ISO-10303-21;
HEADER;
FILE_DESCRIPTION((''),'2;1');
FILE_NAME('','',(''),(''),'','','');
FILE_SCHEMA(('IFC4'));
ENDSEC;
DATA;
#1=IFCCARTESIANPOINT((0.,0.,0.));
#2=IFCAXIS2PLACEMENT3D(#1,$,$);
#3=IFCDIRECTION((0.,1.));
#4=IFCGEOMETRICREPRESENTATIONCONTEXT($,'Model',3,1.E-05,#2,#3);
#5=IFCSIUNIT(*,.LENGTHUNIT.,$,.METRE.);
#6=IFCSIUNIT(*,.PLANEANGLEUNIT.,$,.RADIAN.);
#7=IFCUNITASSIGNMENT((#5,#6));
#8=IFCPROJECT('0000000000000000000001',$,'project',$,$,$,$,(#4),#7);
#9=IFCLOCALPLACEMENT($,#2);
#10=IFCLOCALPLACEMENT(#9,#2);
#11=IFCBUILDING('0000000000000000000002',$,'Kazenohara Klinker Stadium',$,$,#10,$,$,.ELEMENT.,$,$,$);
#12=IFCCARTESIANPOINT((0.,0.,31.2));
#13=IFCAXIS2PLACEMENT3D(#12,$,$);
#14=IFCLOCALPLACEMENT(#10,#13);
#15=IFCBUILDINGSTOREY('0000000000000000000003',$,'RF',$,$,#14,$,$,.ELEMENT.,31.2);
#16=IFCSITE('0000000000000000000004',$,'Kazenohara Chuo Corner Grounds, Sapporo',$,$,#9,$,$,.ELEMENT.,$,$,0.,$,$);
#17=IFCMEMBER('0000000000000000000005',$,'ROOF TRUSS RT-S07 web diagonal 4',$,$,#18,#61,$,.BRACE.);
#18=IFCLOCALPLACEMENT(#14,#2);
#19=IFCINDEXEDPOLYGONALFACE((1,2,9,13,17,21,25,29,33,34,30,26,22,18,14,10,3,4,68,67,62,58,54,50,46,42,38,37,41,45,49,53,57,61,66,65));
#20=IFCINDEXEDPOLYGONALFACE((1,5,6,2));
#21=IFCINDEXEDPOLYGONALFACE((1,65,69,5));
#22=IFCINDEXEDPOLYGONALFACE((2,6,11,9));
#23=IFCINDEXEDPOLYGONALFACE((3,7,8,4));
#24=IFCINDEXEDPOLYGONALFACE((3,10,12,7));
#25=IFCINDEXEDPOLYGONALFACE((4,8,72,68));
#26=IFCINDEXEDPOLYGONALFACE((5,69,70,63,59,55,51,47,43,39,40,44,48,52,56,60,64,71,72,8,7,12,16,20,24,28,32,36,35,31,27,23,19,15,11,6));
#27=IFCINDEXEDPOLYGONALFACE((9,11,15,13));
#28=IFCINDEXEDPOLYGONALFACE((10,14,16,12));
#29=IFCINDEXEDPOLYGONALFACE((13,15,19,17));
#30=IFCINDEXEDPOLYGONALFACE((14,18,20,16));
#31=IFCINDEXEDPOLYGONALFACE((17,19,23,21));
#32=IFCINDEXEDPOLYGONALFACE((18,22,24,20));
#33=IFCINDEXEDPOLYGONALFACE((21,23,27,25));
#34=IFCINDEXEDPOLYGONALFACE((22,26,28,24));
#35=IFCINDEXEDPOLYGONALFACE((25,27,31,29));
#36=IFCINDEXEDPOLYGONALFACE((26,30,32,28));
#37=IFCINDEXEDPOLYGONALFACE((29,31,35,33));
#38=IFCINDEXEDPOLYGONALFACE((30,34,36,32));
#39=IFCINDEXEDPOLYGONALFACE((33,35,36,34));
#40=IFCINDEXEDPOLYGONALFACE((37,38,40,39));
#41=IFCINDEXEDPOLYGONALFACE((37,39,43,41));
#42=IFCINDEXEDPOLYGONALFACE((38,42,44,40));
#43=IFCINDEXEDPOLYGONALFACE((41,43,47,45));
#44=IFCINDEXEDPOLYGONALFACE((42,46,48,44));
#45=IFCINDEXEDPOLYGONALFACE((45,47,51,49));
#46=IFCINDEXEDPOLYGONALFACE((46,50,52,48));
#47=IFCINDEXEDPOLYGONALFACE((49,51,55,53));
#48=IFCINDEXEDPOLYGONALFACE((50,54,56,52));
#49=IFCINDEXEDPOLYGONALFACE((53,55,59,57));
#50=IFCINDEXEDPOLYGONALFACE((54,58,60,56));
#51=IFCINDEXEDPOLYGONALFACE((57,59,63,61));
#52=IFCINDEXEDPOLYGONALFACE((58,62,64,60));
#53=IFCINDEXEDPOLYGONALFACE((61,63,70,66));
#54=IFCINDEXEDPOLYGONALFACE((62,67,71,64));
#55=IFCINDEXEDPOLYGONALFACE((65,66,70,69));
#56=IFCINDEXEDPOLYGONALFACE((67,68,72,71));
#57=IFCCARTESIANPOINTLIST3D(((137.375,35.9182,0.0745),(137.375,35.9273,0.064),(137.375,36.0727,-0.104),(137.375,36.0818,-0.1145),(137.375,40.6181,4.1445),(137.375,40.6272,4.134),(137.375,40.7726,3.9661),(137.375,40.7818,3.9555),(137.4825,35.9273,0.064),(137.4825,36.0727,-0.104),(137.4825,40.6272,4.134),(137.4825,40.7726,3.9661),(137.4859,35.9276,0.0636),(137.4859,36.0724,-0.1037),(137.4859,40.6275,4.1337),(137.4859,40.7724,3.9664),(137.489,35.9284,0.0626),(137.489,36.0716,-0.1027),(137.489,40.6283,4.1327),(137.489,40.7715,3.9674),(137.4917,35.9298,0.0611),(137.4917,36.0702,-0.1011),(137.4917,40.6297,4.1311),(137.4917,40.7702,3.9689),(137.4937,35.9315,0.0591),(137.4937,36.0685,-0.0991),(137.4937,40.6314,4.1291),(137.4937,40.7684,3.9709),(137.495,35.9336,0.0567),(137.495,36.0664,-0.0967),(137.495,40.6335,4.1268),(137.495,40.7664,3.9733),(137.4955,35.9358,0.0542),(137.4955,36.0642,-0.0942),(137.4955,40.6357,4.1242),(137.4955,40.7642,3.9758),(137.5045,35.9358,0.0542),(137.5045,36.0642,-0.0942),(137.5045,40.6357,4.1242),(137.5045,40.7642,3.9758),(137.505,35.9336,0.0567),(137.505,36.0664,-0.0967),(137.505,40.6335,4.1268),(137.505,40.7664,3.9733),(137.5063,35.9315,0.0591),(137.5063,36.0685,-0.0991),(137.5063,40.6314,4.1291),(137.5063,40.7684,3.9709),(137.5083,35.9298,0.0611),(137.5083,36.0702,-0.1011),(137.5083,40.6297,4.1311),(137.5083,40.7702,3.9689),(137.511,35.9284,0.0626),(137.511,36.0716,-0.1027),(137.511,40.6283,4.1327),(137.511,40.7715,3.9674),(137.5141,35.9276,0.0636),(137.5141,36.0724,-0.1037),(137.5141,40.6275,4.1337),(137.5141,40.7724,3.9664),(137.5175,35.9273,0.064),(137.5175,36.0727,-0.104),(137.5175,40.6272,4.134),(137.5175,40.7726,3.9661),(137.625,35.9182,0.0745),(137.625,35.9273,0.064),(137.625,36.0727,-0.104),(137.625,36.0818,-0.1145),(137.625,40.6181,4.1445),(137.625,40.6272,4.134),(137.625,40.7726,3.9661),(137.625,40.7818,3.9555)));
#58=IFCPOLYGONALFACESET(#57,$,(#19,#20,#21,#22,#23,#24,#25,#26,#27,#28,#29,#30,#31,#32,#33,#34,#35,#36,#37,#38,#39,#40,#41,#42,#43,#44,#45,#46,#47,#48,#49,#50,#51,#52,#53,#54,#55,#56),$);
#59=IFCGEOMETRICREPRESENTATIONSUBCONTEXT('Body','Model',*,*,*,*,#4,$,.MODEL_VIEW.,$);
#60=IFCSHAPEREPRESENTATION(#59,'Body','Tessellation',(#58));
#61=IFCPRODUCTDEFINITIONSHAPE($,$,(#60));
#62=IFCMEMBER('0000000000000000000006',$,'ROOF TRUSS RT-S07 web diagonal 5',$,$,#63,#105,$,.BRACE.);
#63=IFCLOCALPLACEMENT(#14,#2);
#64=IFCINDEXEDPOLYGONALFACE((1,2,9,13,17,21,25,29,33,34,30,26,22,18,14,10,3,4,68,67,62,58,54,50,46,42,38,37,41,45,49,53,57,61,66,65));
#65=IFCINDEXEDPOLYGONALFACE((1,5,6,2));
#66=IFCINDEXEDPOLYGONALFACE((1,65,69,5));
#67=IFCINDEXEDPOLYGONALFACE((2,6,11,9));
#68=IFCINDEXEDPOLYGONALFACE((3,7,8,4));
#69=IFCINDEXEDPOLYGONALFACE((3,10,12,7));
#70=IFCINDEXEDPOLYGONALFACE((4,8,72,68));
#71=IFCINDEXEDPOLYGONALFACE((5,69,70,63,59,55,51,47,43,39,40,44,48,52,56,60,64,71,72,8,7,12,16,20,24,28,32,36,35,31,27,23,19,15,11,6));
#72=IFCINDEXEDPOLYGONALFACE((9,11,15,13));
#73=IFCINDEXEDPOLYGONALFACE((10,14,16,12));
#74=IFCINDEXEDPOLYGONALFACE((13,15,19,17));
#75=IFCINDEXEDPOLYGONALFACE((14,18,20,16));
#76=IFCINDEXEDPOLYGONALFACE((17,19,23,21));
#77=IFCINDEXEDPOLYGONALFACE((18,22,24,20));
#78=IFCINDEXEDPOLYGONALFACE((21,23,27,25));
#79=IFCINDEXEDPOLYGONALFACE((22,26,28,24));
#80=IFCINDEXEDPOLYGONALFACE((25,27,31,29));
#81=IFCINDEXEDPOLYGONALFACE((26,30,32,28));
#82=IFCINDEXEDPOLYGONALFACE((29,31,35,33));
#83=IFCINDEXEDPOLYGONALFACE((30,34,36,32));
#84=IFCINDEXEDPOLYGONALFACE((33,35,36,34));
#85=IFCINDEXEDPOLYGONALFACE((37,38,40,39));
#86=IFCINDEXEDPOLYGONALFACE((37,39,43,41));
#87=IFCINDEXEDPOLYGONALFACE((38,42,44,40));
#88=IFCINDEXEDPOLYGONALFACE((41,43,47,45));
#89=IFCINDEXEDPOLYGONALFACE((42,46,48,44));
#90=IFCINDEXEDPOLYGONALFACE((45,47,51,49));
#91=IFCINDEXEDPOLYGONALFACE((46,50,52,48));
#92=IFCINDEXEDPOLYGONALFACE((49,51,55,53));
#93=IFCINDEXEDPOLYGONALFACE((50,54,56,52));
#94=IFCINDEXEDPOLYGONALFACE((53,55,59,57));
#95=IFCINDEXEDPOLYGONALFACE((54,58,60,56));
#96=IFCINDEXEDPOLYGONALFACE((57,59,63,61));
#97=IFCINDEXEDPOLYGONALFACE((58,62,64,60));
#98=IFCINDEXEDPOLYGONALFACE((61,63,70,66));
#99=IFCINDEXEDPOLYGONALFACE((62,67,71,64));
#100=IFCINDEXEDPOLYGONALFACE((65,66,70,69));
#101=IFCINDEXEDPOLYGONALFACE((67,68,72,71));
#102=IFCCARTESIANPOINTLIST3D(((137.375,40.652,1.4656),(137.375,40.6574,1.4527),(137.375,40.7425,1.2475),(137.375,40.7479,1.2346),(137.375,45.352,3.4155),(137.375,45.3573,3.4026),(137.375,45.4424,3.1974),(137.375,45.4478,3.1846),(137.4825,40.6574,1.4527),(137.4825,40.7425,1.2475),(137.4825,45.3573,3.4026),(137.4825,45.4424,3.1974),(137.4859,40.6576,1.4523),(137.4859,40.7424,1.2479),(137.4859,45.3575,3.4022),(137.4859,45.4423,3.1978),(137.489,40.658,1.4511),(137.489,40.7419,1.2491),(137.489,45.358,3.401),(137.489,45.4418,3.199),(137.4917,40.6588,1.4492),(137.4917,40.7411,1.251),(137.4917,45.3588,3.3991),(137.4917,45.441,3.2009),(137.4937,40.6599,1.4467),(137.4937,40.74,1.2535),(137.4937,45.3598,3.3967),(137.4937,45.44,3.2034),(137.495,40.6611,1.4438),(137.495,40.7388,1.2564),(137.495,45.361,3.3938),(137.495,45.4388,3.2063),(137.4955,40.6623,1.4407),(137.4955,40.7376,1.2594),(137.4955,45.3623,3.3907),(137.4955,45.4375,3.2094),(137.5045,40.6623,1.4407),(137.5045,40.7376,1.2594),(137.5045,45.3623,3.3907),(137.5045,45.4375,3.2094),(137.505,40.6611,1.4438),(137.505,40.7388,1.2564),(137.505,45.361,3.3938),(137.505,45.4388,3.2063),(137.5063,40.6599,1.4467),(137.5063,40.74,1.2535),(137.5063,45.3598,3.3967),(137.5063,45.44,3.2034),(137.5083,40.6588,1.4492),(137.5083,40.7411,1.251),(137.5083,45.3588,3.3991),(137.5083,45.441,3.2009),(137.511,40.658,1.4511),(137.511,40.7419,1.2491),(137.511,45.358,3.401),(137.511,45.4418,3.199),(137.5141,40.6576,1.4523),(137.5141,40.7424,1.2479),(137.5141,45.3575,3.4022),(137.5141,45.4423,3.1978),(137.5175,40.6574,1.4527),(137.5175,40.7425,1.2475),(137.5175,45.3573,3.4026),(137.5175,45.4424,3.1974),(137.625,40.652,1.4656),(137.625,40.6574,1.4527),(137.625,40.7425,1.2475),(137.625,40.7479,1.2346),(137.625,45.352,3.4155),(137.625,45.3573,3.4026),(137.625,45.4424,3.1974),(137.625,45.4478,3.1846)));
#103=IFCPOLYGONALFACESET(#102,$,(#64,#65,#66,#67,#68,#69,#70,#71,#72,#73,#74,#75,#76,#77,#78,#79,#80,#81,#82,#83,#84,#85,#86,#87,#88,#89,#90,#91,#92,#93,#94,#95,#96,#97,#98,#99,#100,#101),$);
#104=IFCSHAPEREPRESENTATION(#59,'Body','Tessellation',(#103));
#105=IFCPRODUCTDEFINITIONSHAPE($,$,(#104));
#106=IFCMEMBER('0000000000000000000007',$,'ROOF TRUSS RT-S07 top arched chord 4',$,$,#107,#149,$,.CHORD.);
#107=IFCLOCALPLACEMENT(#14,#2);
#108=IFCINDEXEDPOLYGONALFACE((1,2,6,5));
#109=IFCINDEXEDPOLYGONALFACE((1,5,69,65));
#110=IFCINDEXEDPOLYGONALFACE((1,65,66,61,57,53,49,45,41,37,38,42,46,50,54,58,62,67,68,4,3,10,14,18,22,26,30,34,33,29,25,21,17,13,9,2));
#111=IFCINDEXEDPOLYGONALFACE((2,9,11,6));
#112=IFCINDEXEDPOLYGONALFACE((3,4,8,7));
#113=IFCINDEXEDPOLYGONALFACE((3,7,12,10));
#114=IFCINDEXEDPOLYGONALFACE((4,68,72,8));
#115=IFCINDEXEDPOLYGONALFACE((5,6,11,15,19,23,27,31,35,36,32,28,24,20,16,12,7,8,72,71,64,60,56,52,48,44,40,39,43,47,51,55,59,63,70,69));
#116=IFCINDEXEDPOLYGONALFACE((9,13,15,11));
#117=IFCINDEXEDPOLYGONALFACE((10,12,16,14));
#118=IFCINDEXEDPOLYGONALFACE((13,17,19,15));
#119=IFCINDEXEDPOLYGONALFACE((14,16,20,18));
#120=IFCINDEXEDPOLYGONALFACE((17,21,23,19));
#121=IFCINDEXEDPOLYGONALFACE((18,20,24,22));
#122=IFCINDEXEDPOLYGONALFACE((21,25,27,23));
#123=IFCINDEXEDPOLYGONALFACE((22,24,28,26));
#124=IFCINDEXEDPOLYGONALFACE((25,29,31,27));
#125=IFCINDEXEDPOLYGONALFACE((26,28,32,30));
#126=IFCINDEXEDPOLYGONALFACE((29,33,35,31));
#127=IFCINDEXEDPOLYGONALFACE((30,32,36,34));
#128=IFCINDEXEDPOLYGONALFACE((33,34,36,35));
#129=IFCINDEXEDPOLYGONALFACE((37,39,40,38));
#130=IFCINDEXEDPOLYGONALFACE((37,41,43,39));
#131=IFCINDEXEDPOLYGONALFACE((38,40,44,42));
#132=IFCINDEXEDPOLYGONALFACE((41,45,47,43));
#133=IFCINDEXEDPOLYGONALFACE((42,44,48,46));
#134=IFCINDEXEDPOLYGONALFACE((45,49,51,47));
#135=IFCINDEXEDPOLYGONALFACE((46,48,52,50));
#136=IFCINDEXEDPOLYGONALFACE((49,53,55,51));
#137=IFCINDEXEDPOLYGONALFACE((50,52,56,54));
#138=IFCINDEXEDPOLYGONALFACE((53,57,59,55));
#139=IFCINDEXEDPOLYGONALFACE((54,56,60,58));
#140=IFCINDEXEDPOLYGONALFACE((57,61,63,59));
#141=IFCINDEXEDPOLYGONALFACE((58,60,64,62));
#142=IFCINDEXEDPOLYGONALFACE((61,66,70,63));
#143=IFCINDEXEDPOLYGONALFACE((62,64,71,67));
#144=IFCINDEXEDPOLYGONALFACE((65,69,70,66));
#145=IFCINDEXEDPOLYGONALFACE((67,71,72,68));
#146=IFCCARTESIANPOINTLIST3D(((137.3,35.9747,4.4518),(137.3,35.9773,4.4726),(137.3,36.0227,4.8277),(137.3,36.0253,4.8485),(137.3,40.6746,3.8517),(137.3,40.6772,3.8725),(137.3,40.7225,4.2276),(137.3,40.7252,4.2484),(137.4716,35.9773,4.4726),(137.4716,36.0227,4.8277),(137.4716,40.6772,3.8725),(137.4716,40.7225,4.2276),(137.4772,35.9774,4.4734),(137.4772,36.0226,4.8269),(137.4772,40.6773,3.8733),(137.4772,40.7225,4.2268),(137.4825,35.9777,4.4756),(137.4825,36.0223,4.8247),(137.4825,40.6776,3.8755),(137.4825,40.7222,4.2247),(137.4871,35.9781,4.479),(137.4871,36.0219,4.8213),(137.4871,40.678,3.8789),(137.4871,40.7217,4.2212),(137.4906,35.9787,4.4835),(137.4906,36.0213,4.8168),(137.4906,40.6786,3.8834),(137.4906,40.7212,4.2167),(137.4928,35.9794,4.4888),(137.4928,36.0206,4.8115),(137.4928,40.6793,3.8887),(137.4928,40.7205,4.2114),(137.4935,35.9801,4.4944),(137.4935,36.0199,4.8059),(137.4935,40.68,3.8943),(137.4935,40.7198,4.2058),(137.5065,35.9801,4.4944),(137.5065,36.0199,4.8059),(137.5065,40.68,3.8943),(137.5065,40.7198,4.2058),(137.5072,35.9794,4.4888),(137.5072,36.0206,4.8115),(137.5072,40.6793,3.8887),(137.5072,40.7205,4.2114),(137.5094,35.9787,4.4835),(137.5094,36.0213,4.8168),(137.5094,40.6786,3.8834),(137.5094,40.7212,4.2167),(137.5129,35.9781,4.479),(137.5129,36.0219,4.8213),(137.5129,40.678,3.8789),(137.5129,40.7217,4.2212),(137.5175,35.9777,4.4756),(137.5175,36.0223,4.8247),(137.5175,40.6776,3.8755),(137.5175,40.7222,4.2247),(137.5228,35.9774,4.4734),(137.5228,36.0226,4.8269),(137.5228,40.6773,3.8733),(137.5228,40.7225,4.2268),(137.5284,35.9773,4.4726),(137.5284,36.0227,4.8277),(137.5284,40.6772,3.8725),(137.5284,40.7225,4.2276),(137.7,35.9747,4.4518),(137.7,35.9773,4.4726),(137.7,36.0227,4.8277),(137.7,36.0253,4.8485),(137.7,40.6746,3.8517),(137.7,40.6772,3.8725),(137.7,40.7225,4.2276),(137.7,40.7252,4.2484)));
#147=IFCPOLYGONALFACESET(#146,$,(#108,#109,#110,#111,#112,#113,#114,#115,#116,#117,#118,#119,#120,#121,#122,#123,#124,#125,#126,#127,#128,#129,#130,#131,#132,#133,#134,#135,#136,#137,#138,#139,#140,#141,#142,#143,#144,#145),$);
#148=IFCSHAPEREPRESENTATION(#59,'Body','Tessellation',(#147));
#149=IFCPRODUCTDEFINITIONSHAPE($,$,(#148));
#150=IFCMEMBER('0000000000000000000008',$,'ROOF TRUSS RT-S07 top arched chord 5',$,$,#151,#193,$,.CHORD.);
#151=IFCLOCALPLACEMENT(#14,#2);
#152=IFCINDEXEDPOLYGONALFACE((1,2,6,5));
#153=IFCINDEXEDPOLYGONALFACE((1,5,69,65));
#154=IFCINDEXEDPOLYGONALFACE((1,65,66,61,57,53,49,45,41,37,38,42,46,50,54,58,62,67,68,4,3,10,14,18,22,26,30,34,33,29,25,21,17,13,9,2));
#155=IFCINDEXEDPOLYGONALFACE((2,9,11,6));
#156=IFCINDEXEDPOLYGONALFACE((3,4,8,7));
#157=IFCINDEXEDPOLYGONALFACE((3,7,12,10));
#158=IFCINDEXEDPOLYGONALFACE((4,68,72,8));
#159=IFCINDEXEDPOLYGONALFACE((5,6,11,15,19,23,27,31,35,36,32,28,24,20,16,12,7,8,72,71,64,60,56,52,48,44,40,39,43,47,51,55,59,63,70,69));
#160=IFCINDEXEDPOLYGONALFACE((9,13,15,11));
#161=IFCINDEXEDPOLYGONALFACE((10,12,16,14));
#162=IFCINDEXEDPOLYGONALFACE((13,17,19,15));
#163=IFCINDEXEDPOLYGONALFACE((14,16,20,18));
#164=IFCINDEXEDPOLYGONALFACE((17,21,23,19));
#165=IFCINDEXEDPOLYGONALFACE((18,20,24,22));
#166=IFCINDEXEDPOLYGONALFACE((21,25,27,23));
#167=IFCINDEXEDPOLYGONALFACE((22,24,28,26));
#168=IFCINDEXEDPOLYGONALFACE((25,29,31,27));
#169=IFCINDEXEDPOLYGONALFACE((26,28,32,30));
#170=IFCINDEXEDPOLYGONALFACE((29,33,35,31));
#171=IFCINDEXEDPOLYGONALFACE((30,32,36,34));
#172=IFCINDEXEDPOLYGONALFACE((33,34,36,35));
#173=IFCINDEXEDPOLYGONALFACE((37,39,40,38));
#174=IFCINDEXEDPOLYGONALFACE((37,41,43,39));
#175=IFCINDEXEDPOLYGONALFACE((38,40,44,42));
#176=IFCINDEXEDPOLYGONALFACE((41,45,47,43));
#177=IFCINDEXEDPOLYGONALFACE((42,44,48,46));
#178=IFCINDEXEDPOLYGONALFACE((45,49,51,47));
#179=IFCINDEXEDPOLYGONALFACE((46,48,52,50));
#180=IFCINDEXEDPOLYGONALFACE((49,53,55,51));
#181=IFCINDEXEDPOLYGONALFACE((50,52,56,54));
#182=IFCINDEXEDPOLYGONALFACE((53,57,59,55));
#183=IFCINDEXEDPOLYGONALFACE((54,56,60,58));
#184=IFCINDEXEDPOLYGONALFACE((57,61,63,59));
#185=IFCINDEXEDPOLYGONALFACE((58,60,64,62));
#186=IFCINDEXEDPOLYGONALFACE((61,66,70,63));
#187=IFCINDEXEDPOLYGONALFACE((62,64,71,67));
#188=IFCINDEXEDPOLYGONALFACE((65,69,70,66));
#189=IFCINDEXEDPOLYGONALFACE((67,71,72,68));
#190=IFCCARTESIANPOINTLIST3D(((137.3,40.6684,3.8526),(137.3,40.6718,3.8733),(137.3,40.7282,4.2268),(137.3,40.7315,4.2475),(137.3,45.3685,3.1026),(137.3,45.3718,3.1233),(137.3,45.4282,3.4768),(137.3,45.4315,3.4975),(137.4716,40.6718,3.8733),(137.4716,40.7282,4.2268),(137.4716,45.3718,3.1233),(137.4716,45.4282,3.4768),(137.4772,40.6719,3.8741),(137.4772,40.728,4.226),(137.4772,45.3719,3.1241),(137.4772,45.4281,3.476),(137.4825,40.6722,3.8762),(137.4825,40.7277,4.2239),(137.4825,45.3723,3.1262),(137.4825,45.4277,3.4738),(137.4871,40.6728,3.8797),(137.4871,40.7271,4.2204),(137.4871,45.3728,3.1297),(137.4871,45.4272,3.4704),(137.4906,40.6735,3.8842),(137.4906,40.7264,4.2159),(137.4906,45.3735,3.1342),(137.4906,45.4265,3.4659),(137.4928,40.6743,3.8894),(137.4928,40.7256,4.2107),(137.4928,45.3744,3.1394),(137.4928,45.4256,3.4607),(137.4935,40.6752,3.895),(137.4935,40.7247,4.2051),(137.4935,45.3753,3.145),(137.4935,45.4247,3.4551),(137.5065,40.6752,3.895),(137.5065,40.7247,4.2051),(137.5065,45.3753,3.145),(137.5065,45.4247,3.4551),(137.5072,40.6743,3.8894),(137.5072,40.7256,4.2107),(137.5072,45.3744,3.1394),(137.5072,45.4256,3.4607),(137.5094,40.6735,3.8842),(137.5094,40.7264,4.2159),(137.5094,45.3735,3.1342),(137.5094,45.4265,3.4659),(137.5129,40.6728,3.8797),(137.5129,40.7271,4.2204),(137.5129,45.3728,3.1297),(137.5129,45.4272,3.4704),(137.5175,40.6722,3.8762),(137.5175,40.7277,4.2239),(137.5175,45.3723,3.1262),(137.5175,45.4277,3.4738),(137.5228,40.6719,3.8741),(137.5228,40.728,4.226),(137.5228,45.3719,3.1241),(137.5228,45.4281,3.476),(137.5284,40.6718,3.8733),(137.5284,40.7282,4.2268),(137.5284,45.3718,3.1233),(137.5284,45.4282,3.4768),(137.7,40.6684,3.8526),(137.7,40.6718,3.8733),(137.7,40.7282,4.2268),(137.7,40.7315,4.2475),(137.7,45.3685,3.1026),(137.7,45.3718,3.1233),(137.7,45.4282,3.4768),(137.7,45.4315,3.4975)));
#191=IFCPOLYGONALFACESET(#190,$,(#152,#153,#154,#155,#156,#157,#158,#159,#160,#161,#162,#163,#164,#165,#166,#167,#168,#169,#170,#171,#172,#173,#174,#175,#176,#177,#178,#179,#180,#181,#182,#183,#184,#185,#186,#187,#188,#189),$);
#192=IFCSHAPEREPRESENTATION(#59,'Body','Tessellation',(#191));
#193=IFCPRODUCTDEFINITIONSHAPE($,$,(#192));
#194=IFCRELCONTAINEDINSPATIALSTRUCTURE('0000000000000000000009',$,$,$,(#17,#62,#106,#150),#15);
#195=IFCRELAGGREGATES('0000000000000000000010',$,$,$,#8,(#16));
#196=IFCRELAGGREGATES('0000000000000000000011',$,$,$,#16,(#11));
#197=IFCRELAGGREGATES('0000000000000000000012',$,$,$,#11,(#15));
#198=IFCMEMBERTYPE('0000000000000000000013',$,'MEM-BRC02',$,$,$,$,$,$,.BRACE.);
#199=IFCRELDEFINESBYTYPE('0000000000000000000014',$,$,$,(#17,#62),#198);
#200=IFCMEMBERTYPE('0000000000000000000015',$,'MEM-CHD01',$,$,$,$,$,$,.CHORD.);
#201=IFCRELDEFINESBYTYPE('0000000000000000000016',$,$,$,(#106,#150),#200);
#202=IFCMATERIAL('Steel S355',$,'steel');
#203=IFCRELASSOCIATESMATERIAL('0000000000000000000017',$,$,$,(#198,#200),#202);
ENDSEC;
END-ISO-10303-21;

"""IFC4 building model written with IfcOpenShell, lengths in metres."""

from ifc_helpers import new_model, si_unit, direction, frame, origin, origin_2d, place, context, subcontext, project, spatial, i_section, extrude, material, material_profile, profile_set, type_object, element, save


model = new_model("IFC4")

# Units and contexts
model_context = context("Model", 3, precision=1e-05, world=origin(), true_north=direction((0.0, 1.0)))
body_context = subcontext(model_context, "Body", "Model", "MODEL_VIEW")
ifc_project = project(units=[si_unit("LENGTHUNIT", "METRE"), si_unit("PLANEANGLEUNIT", "RADIAN")], contexts=[model_context])

# Site, building, storey
site_placement = place(None, origin())
site = spatial("IfcSite", under=ifc_project, at=site_placement, Name="Kazenohara Chuo Corner Grounds, Sapporo", CompositionType="ELEMENT", RefElevation=0.0)
building_placement = place(site_placement, origin())
building = spatial("IfcBuilding", under=site, at=building_placement, Name="Kazenohara Klinker Stadium", CompositionType="ELEMENT")
storey_placement = place(building_placement, frame((0.0, 0.0, 31.2)))
storey = spatial("IfcBuildingStorey", under=building, at=storey_placement, Name="RF", CompositionType="ELEMENT", Elevation=31.2)

# Members
ifc_material_1 = material(Name="Steel S355", Category="steel")
ifc_material_profile_1 = material_profile(ifc_material_1, i_section(OverallWidth=0.25, OverallDepth=0.25, WebThickness=0.009, FlangeThickness=0.0139, FilletRadius=0.0129, at=origin_2d()), Name="H-250x250x9x14")
ifc_profile_set_1 = profile_set([ifc_material_profile_1], Name="Steel S355")
member_type_1 = type_object("IfcMemberType", Name="MEM-BRC02", PredefinedType="BRACE", material=ifc_profile_set_1)
member_1_placement = place(storey_placement, frame((137.5, 36.0, -0.02), z_axis=(0.0, 0.755946, 0.654634), x_axis=(-1.0, 0.0, 0.0)))
element("IfcMember", 1, at=member_1_placement, inside=storey, type_object=member_type_1, Name="ROOF TRUSS RT-S07 web diagonal 4", PredefinedType="BRACE", context=body_context, shape_type="SweptSolid", body=[
    extrude(i_section(OverallWidth=0.25, OverallDepth=0.25, WebThickness=0.009, FlangeThickness=0.0139, FilletRadius=0.0129, at=origin_2d()), origin(), (0.0, 0.0, 1.0), 6.2173),
])
member_2_placement = place(storey_placement, frame((137.5, 40.7, 1.3501), z_axis=(0.0, 0.923659, 0.383215), x_axis=(-1.0, 0.0, 0.0)))
element("IfcMember", 2, at=member_2_placement, inside=storey, type_object=member_type_1, Name="ROOF TRUSS RT-S07 web diagonal 5", PredefinedType="BRACE", context=body_context, shape_type="SweptSolid", body=[
    extrude(i_section(OverallWidth=0.25, OverallDepth=0.25, WebThickness=0.009, FlangeThickness=0.0139, FilletRadius=0.0129, at=origin_2d()), origin(), (0.0, 0.0, 1.0), 5.0884),
])
ifc_material_profile_2 = material_profile(ifc_material_1, i_section(OverallWidth=0.3999, OverallDepth=0.3999, WebThickness=0.0129, FlangeThickness=0.021, FilletRadius=0.022, at=origin_2d()), Name="H-400x400x13x21")
ifc_profile_set_2 = profile_set([ifc_material_profile_2], Name="Steel S355")
member_type_2 = type_object("IfcMemberType", Name="MEM-CHD01", PredefinedType="CHORD", material=ifc_profile_set_2)
member_3_placement = place(storey_placement, frame((137.5, 36.0, 4.6501), z_axis=(0.0, 0.991947, -0.126653), x_axis=(-1.0, 0.0, 0.0)))
element("IfcMember", 3, at=member_3_placement, inside=storey, type_object=member_type_2, Name="ROOF TRUSS RT-S07 top arched chord 4", PredefinedType="CHORD", context=body_context, shape_type="SweptSolid", body=[
    extrude(i_section(OverallWidth=0.3999, OverallDepth=0.3999, WebThickness=0.0129, FlangeThickness=0.021, FilletRadius=0.022, at=origin_2d()), origin(), (0.0, 0.0, 1.0), 4.738),
])
member_4_placement = place(storey_placement, frame((137.5, 40.7, 4.05), z_axis=(0.0, 0.987506, -0.157582), x_axis=(-1.0, 0.0, 0.0)))
element("IfcMember", 4, at=member_4_placement, inside=storey, type_object=member_type_2, Name="ROOF TRUSS RT-S07 top arched chord 5", PredefinedType="CHORD", context=body_context, shape_type="SweptSolid", body=[
    extrude(i_section(OverallWidth=0.3999, OverallDepth=0.3999, WebThickness=0.0129, FlangeThickness=0.021, FilletRadius=0.022, at=origin_2d()), origin(), (0.0, 0.0, 1.0), 4.7595),
])

save(model, "model.ifc")
